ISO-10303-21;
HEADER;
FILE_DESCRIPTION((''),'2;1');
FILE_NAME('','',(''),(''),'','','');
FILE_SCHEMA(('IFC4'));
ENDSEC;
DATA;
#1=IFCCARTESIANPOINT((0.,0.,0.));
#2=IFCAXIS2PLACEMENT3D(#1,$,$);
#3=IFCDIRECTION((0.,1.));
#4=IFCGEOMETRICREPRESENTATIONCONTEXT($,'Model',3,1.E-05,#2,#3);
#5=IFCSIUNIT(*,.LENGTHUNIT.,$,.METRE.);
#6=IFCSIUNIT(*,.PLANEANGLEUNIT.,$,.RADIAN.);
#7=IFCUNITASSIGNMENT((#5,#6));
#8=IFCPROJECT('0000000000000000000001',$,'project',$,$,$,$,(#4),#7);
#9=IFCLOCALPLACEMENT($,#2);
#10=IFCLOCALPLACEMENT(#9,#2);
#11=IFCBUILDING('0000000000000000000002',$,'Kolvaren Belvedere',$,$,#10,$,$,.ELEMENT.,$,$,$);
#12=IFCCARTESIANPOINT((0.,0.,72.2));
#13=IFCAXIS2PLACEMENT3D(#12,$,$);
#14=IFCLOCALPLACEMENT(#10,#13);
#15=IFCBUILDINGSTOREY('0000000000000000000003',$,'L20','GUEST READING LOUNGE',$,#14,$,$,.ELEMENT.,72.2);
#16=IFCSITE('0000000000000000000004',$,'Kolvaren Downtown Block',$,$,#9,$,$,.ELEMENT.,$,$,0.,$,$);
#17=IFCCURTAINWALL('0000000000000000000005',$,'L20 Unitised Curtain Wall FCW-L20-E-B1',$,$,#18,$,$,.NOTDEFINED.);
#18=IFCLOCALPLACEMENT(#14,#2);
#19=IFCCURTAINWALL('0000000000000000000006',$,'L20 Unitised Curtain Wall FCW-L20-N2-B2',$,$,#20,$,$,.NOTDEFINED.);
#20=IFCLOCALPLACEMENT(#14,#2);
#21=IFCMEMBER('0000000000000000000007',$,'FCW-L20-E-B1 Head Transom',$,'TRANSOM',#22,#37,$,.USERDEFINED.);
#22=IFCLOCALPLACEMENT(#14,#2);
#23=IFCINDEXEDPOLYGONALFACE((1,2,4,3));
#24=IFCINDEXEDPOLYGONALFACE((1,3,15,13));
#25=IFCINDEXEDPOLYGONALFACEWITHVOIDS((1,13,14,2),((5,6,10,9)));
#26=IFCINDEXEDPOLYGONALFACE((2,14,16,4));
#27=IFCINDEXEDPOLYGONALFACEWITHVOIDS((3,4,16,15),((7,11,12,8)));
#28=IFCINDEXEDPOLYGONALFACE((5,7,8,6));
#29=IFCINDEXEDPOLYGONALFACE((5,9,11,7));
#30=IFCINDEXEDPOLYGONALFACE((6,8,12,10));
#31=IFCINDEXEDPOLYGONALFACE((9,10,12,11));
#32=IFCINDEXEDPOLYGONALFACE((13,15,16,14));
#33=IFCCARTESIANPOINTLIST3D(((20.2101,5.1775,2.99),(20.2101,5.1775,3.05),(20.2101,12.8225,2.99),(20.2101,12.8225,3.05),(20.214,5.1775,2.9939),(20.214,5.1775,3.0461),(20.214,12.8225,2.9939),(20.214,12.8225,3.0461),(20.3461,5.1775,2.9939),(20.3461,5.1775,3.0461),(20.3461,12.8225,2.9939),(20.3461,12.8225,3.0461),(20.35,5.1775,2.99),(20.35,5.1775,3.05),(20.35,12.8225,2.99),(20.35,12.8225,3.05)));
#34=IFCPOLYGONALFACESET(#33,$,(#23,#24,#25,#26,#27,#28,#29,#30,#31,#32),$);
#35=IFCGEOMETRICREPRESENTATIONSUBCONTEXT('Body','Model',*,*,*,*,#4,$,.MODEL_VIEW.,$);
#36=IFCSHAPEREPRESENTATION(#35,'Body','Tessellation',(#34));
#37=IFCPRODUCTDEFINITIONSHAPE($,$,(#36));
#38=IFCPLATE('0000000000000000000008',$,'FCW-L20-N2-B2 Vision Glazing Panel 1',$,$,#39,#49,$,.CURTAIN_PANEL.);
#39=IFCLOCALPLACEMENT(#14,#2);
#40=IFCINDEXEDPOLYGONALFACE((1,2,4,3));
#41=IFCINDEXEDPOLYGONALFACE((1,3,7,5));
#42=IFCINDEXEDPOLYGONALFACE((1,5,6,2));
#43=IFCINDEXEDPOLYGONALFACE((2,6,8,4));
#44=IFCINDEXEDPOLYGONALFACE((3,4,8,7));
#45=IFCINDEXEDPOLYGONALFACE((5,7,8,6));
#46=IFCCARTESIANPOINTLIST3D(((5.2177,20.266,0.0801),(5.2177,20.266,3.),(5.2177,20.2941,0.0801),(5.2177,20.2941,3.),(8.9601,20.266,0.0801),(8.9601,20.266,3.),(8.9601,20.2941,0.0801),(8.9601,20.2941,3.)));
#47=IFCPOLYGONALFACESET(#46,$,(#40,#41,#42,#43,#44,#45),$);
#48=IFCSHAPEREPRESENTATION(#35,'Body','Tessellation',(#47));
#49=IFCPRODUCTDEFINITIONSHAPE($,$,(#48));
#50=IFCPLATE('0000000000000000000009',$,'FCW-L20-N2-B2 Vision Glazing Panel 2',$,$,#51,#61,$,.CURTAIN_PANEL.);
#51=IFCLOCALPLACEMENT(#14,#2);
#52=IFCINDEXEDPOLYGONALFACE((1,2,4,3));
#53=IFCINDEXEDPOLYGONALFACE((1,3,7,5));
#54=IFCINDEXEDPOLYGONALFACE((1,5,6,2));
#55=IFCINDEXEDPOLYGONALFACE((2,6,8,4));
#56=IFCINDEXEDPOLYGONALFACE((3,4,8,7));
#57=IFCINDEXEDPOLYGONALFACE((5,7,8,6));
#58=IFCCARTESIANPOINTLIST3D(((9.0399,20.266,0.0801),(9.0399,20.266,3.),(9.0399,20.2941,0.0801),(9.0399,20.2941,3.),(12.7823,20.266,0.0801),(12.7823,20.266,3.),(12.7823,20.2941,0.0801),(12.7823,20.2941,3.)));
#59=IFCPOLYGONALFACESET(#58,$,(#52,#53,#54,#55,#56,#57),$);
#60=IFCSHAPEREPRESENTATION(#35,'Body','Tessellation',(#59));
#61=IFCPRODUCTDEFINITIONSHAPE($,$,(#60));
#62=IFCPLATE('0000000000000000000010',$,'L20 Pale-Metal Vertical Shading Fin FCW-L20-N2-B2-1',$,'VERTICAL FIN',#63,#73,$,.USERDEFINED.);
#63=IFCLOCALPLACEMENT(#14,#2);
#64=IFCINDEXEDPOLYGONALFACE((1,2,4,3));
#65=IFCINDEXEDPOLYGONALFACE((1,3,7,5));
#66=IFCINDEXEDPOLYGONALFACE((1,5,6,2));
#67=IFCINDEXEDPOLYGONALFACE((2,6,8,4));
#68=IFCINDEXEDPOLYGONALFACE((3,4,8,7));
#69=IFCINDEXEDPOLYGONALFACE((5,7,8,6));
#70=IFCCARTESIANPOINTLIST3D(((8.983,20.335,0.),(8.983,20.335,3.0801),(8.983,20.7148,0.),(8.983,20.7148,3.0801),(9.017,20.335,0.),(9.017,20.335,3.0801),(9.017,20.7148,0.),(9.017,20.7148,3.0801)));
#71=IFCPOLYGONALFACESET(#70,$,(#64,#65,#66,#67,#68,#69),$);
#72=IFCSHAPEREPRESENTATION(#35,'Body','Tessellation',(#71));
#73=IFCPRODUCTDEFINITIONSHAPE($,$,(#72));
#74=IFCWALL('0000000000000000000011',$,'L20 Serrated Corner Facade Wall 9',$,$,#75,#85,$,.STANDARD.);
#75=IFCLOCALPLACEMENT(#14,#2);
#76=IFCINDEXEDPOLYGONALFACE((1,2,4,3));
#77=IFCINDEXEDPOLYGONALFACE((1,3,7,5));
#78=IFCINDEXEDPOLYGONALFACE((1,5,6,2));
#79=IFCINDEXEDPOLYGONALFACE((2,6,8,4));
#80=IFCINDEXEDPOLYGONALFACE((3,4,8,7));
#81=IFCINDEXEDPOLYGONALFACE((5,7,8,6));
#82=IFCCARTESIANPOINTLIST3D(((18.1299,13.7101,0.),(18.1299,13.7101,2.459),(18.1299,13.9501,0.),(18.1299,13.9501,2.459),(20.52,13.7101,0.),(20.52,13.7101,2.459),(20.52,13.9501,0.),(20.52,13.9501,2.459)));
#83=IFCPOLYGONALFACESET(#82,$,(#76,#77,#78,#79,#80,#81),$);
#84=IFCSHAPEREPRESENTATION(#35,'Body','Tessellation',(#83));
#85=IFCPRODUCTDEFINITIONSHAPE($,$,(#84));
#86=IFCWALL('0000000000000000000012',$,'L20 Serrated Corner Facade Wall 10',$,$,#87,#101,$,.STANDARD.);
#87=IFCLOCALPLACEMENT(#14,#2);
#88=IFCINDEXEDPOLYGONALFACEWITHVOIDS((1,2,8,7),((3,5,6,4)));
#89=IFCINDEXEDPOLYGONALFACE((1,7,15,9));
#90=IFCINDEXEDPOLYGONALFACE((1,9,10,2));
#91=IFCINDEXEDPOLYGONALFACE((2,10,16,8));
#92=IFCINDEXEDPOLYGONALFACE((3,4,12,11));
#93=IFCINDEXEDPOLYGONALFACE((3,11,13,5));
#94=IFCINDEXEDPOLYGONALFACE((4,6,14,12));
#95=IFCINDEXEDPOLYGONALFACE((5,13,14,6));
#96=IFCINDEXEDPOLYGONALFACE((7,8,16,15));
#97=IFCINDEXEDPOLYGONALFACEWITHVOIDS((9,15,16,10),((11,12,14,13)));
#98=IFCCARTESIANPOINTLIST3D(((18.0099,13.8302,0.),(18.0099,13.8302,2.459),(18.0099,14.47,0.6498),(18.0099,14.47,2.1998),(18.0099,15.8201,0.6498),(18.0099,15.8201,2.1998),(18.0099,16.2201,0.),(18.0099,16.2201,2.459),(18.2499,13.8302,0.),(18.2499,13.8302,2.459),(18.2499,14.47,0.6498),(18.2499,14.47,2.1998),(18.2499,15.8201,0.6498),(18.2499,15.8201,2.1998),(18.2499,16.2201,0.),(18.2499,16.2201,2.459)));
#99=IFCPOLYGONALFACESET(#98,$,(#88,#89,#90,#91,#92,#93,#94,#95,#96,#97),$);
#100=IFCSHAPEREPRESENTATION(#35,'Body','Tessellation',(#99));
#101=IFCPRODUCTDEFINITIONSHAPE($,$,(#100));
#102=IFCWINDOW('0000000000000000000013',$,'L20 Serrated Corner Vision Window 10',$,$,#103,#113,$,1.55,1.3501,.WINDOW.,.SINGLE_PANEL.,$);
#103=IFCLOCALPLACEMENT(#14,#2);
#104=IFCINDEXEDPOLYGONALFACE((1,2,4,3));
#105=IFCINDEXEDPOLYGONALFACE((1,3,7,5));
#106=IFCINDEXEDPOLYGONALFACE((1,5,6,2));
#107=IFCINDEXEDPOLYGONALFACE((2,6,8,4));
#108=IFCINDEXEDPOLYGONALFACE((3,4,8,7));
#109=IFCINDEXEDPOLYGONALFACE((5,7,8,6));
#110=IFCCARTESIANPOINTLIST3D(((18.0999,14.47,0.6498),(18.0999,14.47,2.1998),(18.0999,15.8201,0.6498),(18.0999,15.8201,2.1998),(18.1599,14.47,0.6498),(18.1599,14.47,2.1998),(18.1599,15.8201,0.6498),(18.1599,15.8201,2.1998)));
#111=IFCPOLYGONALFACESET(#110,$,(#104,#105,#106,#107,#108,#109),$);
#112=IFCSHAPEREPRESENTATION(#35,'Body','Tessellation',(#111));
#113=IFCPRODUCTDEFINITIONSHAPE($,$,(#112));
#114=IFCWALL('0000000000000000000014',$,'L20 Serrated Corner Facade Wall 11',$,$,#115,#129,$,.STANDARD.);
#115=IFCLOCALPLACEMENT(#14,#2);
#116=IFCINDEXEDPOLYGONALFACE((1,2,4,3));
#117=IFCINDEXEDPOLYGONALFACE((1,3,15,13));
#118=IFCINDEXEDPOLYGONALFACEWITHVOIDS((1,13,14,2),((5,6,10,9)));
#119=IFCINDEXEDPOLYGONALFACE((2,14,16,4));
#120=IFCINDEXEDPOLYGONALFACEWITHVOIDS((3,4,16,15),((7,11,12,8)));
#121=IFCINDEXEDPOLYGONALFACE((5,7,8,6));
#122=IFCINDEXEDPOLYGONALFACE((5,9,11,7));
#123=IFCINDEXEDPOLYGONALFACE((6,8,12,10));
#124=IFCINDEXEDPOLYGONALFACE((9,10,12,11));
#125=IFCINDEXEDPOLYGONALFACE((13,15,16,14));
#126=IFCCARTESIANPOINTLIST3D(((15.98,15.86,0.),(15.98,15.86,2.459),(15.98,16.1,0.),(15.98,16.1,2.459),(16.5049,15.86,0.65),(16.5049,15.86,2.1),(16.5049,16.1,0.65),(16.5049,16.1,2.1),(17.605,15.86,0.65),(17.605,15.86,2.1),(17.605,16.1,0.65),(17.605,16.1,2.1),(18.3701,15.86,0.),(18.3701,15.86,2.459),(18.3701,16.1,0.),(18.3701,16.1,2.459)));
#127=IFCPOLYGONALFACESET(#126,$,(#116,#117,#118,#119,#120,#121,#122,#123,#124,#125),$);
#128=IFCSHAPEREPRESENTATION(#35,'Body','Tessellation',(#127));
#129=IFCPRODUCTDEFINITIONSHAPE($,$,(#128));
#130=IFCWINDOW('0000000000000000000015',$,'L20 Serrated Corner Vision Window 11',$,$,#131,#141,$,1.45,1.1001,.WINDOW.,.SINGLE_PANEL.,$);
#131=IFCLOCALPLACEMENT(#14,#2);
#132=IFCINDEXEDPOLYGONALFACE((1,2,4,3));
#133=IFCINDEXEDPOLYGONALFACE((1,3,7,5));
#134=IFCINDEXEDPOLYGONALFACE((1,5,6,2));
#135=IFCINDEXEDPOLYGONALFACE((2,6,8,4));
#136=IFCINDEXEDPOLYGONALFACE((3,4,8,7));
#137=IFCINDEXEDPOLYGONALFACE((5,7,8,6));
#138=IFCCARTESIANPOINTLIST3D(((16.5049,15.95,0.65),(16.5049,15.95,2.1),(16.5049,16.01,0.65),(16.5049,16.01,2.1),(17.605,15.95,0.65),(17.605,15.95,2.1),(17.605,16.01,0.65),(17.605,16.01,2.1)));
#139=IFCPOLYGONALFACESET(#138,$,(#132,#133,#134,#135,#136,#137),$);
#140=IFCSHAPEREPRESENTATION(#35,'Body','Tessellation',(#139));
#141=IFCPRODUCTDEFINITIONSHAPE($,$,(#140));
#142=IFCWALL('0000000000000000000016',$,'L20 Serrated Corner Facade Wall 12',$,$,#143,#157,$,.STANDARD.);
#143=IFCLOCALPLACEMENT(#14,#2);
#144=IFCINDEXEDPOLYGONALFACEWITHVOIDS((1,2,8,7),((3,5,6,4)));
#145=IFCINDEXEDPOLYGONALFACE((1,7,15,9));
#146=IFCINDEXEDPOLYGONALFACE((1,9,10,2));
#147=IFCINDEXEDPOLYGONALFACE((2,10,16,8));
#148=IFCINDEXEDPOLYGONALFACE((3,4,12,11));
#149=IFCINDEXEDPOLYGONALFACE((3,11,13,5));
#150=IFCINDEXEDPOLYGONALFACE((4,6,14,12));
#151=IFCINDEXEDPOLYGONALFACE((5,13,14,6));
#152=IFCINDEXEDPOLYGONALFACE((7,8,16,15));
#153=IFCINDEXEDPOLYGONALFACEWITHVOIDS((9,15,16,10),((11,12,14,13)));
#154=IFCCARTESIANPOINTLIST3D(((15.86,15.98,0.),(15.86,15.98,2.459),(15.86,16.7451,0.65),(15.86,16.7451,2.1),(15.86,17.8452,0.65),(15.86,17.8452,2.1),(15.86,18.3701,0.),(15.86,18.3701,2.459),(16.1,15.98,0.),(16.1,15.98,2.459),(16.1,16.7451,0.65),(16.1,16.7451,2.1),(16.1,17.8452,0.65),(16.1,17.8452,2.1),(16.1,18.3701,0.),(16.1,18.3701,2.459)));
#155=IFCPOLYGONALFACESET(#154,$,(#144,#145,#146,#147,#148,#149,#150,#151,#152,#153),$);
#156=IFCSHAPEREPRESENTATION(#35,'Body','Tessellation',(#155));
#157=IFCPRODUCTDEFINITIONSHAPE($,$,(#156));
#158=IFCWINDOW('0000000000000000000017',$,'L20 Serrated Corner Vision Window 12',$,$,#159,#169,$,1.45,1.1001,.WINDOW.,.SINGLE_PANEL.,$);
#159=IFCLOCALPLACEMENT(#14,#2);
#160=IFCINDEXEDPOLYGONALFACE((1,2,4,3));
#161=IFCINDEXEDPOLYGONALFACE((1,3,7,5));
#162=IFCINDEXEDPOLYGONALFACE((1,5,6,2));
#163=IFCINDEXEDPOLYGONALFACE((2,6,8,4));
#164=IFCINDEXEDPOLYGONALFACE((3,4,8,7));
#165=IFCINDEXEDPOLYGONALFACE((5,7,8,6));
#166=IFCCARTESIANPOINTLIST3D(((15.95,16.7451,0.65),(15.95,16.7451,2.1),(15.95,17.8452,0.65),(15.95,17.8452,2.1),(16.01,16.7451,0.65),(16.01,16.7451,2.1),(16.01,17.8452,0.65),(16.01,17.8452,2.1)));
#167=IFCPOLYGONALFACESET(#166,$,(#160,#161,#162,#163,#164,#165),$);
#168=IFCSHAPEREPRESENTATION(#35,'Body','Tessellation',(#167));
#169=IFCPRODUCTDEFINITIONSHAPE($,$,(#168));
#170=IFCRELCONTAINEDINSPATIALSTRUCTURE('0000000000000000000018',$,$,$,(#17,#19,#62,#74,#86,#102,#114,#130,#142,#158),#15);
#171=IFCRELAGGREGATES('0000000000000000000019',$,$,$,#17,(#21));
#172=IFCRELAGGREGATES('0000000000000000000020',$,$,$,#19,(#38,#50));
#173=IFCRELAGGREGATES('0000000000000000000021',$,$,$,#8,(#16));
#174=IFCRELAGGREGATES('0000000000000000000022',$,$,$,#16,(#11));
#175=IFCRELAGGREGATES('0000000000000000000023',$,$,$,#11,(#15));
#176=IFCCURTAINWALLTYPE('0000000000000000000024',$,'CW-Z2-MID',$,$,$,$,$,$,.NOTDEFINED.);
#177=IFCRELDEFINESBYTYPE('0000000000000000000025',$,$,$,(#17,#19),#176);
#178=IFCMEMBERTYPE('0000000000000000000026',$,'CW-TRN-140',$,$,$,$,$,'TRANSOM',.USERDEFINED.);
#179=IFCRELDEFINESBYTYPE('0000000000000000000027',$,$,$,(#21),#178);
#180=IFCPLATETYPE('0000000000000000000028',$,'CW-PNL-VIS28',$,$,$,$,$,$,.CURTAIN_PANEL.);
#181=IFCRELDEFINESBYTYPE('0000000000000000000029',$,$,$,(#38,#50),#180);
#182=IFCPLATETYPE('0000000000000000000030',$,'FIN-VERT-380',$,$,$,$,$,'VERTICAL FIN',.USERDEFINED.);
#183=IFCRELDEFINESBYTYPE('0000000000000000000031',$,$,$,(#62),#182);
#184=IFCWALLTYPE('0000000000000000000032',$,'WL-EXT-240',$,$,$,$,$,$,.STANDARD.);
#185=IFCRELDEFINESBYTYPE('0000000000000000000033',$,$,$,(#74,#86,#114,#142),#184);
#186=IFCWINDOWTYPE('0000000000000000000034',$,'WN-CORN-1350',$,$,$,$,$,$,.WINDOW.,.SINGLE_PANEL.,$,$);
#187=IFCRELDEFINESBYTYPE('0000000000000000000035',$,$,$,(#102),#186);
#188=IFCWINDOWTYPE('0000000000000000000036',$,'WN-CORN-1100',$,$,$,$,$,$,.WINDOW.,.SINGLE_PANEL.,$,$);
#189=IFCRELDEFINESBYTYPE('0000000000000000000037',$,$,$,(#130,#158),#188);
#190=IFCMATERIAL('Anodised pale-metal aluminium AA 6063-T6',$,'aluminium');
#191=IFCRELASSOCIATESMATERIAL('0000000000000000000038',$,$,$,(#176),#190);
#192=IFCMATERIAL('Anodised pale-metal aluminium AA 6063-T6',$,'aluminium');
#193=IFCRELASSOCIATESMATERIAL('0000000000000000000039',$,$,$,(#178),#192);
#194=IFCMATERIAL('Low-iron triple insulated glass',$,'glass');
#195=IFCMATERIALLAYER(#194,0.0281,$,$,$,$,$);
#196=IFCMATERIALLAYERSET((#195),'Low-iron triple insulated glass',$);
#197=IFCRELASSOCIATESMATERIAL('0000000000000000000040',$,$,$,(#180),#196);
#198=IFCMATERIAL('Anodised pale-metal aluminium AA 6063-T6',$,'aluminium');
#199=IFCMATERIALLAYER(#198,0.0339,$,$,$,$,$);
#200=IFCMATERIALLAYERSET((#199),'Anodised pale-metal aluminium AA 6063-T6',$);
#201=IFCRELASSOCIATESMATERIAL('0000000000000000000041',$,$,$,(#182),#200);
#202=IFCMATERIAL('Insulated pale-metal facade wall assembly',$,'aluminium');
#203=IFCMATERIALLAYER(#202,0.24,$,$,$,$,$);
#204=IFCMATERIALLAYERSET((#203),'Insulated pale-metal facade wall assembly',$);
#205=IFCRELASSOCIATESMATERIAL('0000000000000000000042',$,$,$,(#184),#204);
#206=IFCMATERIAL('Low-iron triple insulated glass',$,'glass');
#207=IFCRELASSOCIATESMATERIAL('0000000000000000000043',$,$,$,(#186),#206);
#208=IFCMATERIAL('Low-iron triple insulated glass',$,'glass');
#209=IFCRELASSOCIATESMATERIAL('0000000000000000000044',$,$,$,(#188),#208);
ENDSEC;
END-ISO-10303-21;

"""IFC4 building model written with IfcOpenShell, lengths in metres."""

from ifc_helpers import new_model, si_unit, direction, frame, frame_2d, origin, origin_2d, place, context, subcontext, project, spatial, rectangle, hollow_rectangle, extrude, material, layer, layer_set, material_profile, profile_set, type_object, element, fill, aggregate, save


model = new_model("IFC4")

# Units and contexts
model_context = context("Model", 3, precision=1e-05, world=origin(), true_north=direction((0.0, 1.0)))
body_context = subcontext(model_context, "Body", "Model", "MODEL_VIEW")
ifc_project = project(units=[si_unit("LENGTHUNIT", "METRE"), si_unit("PLANEANGLEUNIT", "RADIAN")], contexts=[model_context])

# Site, building, storey
site_placement = place(None, origin())
site = spatial("IfcSite", under=ifc_project, at=site_placement, Name="Kolvaren Downtown Block", CompositionType="ELEMENT", RefElevation=0.0)
building_placement = place(site_placement, origin())
building = spatial("IfcBuilding", under=site, at=building_placement, Name="Kolvaren Belvedere", CompositionType="ELEMENT")
storey_placement = place(building_placement, frame((0.0, 0.0, 72.2)))
storey = spatial("IfcBuildingStorey", under=building, at=storey_placement, Name="L20", Description="GUEST READING LOUNGE", CompositionType="ELEMENT", Elevation=72.2)

# Curtain wall
ifc_material_1 = material(Name="Anodised pale-metal aluminium AA 6063-T6", Category="aluminium")
curtain_wall_type = type_object("IfcCurtainWallType", Name="CW-Z2-MID", PredefinedType="NOTDEFINED", material=ifc_material_1)
curtain_wall_1_placement = place(storey_placement, origin())
curtain_wall_1 = element("IfcCurtainWall", 1, at=curtain_wall_1_placement, inside=storey, type_object=curtain_wall_type, Name="L20 Unitised Curtain Wall FCW-L20-E-B1", PredefinedType="NOTDEFINED")

# Curtain wall
curtain_wall_2_placement = place(storey_placement, origin())
curtain_wall_2 = element("IfcCurtainWall", 2, at=curtain_wall_2_placement, inside=storey, type_object=curtain_wall_type, Name="L20 Unitised Curtain Wall FCW-L20-N2-B2", PredefinedType="NOTDEFINED")

# Member
ifc_material_2 = material(Name="Anodised pale-metal aluminium AA 6063-T6", Category="aluminium")
ifc_material_profile_1 = material_profile(ifc_material_2, hollow_rectangle(XDim=0.0601, YDim=0.1399, WallThickness=0.0039, at=origin_2d()), Name="ALU-TRN-140X60")
ifc_profile_set_1 = profile_set([ifc_material_profile_1], Name="Anodised pale-metal aluminium AA 6063-T6")
member_type_1 = type_object("IfcMemberType", Name="CW-TRN-140", ElementType="TRANSOM", PredefinedType="USERDEFINED", material=ifc_profile_set_1)
member_1_placement = place(storey_placement, frame((20.28, 12.8225, 3.02), z_axis=(0.0, -1.0, 0.0), x_axis=(0.0, 0.0, 1.0)))
member_1 = element("IfcMember", 3, at=member_1_placement, type_object=member_type_1, Name="FCW-L20-E-B1 Head Transom", ObjectType="TRANSOM", PredefinedType="USERDEFINED", context=body_context, shape_type="SweptSolid", body=[
    extrude(hollow_rectangle(XDim=0.0601, YDim=0.1399, WallThickness=0.0039, at=origin_2d()), origin(), (0.0, 0.0, 1.0), 7.645),
])
aggregate(curtain_wall_1, [member_1])

# Plates
ifc_material_3 = material(Name="Low-iron triple insulated glass", Category="glass")
ifc_layer_1 = layer(ifc_material_3, 0.0281)
ifc_layer_set_1 = layer_set([ifc_layer_1], Name="Low-iron triple insulated glass")
plate_type_1 = type_object("IfcPlateType", Name="CW-PNL-VIS28", PredefinedType="CURTAIN_PANEL", material=ifc_layer_set_1)
plate_1_placement = place(storey_placement, frame((7.0889, 20.28, 0.0801), z_axis=(0.0, 0.0, 1.0), x_axis=(1.0, 0.0, 0.0)))
plate_1 = element("IfcPlate", 4, at=plate_1_placement, type_object=plate_type_1, Name="FCW-L20-N2-B2 Vision Glazing Panel 1", PredefinedType="CURTAIN_PANEL", context=body_context, shape_type="SweptSolid", body=[
    extrude(rectangle(XDim=3.7424, YDim=0.0281, at=origin_2d()), origin(), (0.0, 0.0, 1.0), 2.9199),
])
plate_2_placement = place(storey_placement, frame((10.9111, 20.28, 0.0801), z_axis=(0.0, 0.0, 1.0), x_axis=(1.0, 0.0, 0.0)))
plate_2 = element("IfcPlate", 5, at=plate_2_placement, type_object=plate_type_1, Name="FCW-L20-N2-B2 Vision Glazing Panel 2", PredefinedType="CURTAIN_PANEL", context=body_context, shape_type="SweptSolid", body=[
    extrude(rectangle(XDim=3.7424, YDim=0.0281, at=origin_2d()), origin(), (0.0, 0.0, 1.0), 2.9199),
])
aggregate(curtain_wall_2, [plate_1, plate_2])
ifc_material_4 = material(Name="Anodised pale-metal aluminium AA 6063-T6", Category="aluminium")
ifc_layer_2 = layer(ifc_material_4, 0.0339)
ifc_layer_set_2 = layer_set([ifc_layer_2], Name="Anodised pale-metal aluminium AA 6063-T6")
plate_type_2 = type_object("IfcPlateType", Name="FIN-VERT-380", ElementType="VERTICAL FIN", PredefinedType="USERDEFINED", material=ifc_layer_set_2)
plate_3_placement = place(storey_placement, frame((9.0, 20.5249, 0.0), z_axis=(0.0, 0.0, 1.0), x_axis=(0.0, 1.0, 0.0)))
element("IfcPlate", 6, at=plate_3_placement, inside=storey, type_object=plate_type_2, Name="L20 Pale-Metal Vertical Shading Fin FCW-L20-N2-B2-1", ObjectType="VERTICAL FIN", PredefinedType="USERDEFINED", context=body_context, shape_type="SweptSolid", body=[
    extrude(rectangle(XDim=0.3799, YDim=0.0339, at=origin_2d()), origin(), (0.0, 0.0, 1.0), 3.0801),
])

# Wall
ifc_material_5 = material(Name="Insulated pale-metal facade wall assembly", Category="aluminium")
ifc_layer_3 = layer(ifc_material_5, 0.24)
ifc_layer_set_3 = layer_set([ifc_layer_3], Name="Insulated pale-metal facade wall assembly")
wall_type_1 = type_object("IfcWallType", Name="WL-EXT-240", PredefinedType="STANDARD", material=ifc_layer_set_3)
wall_1_placement = place(storey_placement, frame((18.1299, 13.8301, 0.0), z_axis=(0.0, 0.0, 1.0), x_axis=(1.0, 0.0, 0.0)))
element("IfcWall", 7, at=wall_1_placement, inside=storey, type_object=wall_type_1, Name="L20 Serrated Corner Facade Wall 9", PredefinedType="STANDARD", context=body_context, shape_type="SweptSolid", body=[
    extrude(rectangle(XDim=2.3901, YDim=0.24, at=frame_2d((1.1951, 0.0))), origin(), (0.0, 0.0, 1.0), 2.459),
])

# Walls, openings, windows
wall_2_placement = place(storey_placement, frame((18.1299, 16.22, 0.0), z_axis=(0.0, 0.0, 1.0), x_axis=(0.0, -1.0, 0.0)))
wall_2 = element("IfcWall", 8, at=wall_2_placement, inside=storey, type_object=wall_type_1, Name="L20 Serrated Corner Facade Wall 10", PredefinedType="STANDARD", context=body_context, shape_type="SweptSolid", body=[
    extrude(rectangle(XDim=2.3899, YDim=0.24, at=frame_2d((1.1948, 0.0))), origin(), (0.0, 0.0, 1.0), 2.459),
])
opening_1_placement = place(wall_2_placement, frame((0.3999, 0.0, 0.6499)))
opening_1 = element("IfcOpeningElement", 9, at=opening_1_placement, cuts=wall_2, PredefinedType="OPENING", context=body_context, shape_type="SweptSolid", body=[
    extrude(rectangle(XDim=1.3501, YDim=1.55, at=frame_2d((0.675, 0.7749))), frame((0.0, 0.1299, 0.0), z_axis=(0.0, -1.0, 0.0), x_axis=(1.0, 0.0, 0.0)), (0.0, 0.0, 1.0), 0.26),
])
ifc_material_6 = material(Name="Low-iron triple insulated glass", Category="glass")
window_type_1 = type_object("IfcWindowType", Name="WN-CORN-1350", PartitioningType="SINGLE_PANEL", PredefinedType="WINDOW", material=ifc_material_6)
window_1_placement = place(opening_1_placement, origin())
window_1 = element("IfcWindow", 10, at=window_1_placement, inside=storey, type_object=window_type_1, Name="L20 Serrated Corner Vision Window 10", OverallHeight=1.55, OverallWidth=1.3501, PartitioningType="SINGLE_PANEL", PredefinedType="WINDOW", context=body_context, shape_type="SweptSolid", body=[
    extrude(rectangle(XDim=1.3501, YDim=1.55, at=frame_2d((0.675, 0.7749))), frame((0.0, 0.03, 0.0), z_axis=(0.0, -1.0, 0.0), x_axis=(1.0, 0.0, 0.0)), (0.0, 0.0, 1.0), 0.0601),
])
fill(opening_1, window_1)
wall_3_placement = place(storey_placement, frame((15.98, 15.98, 0.0), z_axis=(0.0, 0.0, 1.0), x_axis=(1.0, 0.0, 0.0)))
wall_3 = element("IfcWall", 11, at=wall_3_placement, inside=storey, type_object=wall_type_1, Name="L20 Serrated Corner Facade Wall 11", PredefinedType="STANDARD", context=body_context, shape_type="SweptSolid", body=[
    extrude(rectangle(XDim=2.3901, YDim=0.24, at=frame_2d((1.1951, 0.0))), origin(), (0.0, 0.0, 1.0), 2.459),
])
opening_2_placement = place(wall_3_placement, frame((0.5249, 0.0, 0.6499)))
opening_2 = element("IfcOpeningElement", 12, at=opening_2_placement, cuts=wall_3, PredefinedType="OPENING", context=body_context, shape_type="SweptSolid", body=[
    extrude(rectangle(XDim=1.1001, YDim=1.45, at=frame_2d((0.55, 0.7251))), frame((0.0, 0.1299, 0.0), z_axis=(0.0, -1.0, 0.0), x_axis=(1.0, 0.0, 0.0)), (0.0, 0.0, 1.0), 0.26),
])
ifc_material_7 = material(Name="Low-iron triple insulated glass", Category="glass")
window_type_2 = type_object("IfcWindowType", Name="WN-CORN-1100", PartitioningType="SINGLE_PANEL", PredefinedType="WINDOW", material=ifc_material_7)
window_2_placement = place(opening_2_placement, origin())
window_2 = element("IfcWindow", 13, at=window_2_placement, inside=storey, type_object=window_type_2, Name="L20 Serrated Corner Vision Window 11", OverallHeight=1.45, OverallWidth=1.1001, PartitioningType="SINGLE_PANEL", PredefinedType="WINDOW", context=body_context, shape_type="SweptSolid", body=[
    extrude(rectangle(XDim=1.1001, YDim=1.45, at=frame_2d((0.55, 0.7251))), frame((0.0, 0.03, 0.0), z_axis=(0.0, -1.0, 0.0), x_axis=(1.0, 0.0, 0.0)), (0.0, 0.0, 1.0), 0.0601),
])
fill(opening_2, window_2)
wall_4_placement = place(storey_placement, frame((15.98, 18.3701, 0.0), z_axis=(0.0, 0.0, 1.0), x_axis=(0.0, -1.0, 0.0)))
wall_4 = element("IfcWall", 14, at=wall_4_placement, inside=storey, type_object=wall_type_1, Name="L20 Serrated Corner Facade Wall 12", PredefinedType="STANDARD", context=body_context, shape_type="SweptSolid", body=[
    extrude(rectangle(XDim=2.3901, YDim=0.24, at=frame_2d((1.1951, 0.0))), origin(), (0.0, 0.0, 1.0), 2.459),
])
opening_3_placement = place(wall_4_placement, frame((0.5249, 0.0, 0.6499)))
opening_3 = element("IfcOpeningElement", 15, at=opening_3_placement, cuts=wall_4, PredefinedType="OPENING", context=body_context, shape_type="SweptSolid", body=[
    extrude(rectangle(XDim=1.1001, YDim=1.45, at=frame_2d((0.55, 0.7251))), frame((0.0, 0.1299, 0.0), z_axis=(0.0, -1.0, 0.0), x_axis=(1.0, 0.0, 0.0)), (0.0, 0.0, 1.0), 0.26),
])
window_3_placement = place(opening_3_placement, origin())
window_3 = element("IfcWindow", 16, at=window_3_placement, inside=storey, type_object=window_type_2, Name="L20 Serrated Corner Vision Window 12", OverallHeight=1.45, OverallWidth=1.1001, PartitioningType="SINGLE_PANEL", PredefinedType="WINDOW", context=body_context, shape_type="SweptSolid", body=[
    extrude(rectangle(XDim=1.1001, YDim=1.45, at=frame_2d((0.55, 0.7251))), frame((0.0, 0.03, 0.0), z_axis=(0.0, -1.0, 0.0), x_axis=(1.0, 0.0, 0.0)), (0.0, 0.0, 1.0), 0.0601),
])
fill(opening_3, window_3)

save(model, "model.ifc")
